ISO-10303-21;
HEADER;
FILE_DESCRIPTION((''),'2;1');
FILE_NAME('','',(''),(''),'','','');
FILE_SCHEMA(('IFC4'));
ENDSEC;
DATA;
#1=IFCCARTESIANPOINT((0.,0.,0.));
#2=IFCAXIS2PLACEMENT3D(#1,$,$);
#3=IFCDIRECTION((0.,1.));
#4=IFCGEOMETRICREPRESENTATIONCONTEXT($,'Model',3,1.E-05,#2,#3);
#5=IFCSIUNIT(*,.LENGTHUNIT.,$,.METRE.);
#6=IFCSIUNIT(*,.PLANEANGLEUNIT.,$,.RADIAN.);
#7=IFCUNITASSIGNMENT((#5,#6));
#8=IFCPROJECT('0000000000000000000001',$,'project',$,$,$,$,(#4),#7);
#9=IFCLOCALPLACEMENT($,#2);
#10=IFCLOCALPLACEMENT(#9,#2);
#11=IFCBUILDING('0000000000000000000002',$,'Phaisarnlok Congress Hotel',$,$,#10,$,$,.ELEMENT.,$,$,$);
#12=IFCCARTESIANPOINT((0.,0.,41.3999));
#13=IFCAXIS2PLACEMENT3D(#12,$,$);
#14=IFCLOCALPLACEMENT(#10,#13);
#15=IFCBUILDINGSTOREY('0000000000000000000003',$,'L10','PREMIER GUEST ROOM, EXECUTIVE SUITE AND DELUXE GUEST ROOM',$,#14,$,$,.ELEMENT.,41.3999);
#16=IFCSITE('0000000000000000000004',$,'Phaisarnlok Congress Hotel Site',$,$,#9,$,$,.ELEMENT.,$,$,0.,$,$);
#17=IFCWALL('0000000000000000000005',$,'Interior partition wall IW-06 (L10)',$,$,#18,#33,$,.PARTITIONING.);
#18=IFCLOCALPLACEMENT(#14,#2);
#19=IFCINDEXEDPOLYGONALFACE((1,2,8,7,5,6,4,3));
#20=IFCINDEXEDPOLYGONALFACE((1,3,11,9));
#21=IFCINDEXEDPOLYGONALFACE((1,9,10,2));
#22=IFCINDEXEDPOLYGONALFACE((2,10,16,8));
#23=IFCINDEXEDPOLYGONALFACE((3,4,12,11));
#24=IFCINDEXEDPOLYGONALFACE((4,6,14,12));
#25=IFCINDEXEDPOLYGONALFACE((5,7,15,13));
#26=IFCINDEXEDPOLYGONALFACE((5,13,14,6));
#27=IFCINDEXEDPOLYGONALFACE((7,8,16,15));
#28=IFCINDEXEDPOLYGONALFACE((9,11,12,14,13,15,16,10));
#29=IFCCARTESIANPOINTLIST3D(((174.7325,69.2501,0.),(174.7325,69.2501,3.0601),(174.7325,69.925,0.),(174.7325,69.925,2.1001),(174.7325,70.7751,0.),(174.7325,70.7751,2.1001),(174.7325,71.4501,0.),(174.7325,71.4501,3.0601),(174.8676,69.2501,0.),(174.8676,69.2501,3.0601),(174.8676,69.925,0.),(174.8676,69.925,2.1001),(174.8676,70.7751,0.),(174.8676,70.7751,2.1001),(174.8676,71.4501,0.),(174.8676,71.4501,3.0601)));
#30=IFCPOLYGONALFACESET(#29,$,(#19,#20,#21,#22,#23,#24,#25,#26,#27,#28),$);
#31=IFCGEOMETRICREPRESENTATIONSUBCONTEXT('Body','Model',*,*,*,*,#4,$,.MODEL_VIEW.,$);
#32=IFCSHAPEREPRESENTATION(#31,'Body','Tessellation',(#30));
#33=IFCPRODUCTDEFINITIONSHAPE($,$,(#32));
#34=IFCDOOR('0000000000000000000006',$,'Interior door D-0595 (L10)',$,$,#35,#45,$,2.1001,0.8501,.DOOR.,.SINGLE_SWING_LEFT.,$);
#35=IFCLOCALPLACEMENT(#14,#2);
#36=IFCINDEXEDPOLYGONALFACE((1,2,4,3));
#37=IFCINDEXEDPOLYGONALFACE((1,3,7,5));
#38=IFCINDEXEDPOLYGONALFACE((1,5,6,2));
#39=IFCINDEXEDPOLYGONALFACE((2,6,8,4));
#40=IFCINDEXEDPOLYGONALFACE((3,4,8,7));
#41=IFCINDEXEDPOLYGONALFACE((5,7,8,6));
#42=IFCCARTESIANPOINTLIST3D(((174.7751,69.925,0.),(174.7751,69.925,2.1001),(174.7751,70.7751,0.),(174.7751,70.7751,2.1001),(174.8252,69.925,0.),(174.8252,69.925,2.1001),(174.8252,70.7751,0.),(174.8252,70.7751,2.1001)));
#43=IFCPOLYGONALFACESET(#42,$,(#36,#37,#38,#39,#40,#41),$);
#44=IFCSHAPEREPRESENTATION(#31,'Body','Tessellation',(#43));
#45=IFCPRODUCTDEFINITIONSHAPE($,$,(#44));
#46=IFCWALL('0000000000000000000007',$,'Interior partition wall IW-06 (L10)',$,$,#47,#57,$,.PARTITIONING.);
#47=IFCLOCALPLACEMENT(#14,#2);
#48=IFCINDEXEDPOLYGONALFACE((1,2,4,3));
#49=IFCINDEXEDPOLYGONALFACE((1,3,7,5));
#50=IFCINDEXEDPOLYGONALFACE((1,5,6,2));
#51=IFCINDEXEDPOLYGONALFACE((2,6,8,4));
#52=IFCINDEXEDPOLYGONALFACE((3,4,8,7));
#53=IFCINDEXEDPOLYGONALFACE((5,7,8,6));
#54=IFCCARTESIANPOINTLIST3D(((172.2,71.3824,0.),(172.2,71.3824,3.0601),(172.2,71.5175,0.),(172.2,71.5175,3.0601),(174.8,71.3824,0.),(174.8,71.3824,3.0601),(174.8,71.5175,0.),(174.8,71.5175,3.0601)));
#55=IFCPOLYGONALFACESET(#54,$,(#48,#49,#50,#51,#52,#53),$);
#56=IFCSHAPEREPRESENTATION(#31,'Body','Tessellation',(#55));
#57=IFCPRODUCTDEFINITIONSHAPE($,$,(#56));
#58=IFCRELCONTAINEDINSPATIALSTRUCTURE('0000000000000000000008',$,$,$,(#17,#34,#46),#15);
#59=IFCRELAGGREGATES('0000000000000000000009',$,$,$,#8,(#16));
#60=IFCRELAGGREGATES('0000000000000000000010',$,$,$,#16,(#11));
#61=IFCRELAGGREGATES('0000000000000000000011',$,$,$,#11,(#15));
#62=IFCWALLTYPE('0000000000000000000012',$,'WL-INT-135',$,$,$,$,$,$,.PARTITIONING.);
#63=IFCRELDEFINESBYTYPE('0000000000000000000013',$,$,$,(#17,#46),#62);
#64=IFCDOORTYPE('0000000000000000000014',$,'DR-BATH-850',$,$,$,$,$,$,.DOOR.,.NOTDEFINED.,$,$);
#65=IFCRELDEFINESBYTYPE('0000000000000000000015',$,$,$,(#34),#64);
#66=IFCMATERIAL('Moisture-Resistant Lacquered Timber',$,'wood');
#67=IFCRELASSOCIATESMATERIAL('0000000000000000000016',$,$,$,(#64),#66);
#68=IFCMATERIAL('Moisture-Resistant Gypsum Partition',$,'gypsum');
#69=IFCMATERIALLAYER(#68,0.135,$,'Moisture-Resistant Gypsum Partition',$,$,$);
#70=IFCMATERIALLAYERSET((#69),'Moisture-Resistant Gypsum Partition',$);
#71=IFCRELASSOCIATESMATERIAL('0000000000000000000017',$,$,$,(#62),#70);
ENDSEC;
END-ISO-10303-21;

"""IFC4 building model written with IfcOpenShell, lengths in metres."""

from ifc_helpers import new_model, si_unit, direction, frame, frame_2d, origin, place, context, subcontext, project, spatial, rectangle, extrude, material, layer, layer_set, type_object, element, fill, save


model = new_model("IFC4")

# Units and contexts
model_context = context("Model", 3, precision=1e-05, world=origin(), true_north=direction((0.0, 1.0)))
body_context = subcontext(model_context, "Body", "Model", "MODEL_VIEW")
ifc_project = project(units=[si_unit("LENGTHUNIT", "METRE"), si_unit("PLANEANGLEUNIT", "RADIAN")], contexts=[model_context])

# Site, building, storey
site_placement = place(None, origin())
site = spatial("IfcSite", under=ifc_project, at=site_placement, Name="Phaisarnlok Congress Hotel Site", CompositionType="ELEMENT", RefElevation=0.0)
building_placement = place(site_placement, origin())
building = spatial("IfcBuilding", under=site, at=building_placement, Name="Phaisarnlok Congress Hotel", CompositionType="ELEMENT")
storey_placement = place(building_placement, frame((0.0, 0.0, 41.3999)))
storey = spatial("IfcBuildingStorey", under=building, at=storey_placement, Name="L10", Description="PREMIER GUEST ROOM, EXECUTIVE SUITE AND DELUXE GUEST ROOM", CompositionType="ELEMENT", Elevation=41.3999)

# Shared definitions
ifc_material_1 = material(Name="Moisture-Resistant Lacquered Timber", Category="wood")
door_type = type_object("IfcDoorType", Name="DR-BATH-850", OperationType="NOTDEFINED", PredefinedType="DOOR", material=ifc_material_1)

# Wall, opening, door
ifc_material_2 = material(Name="Moisture-Resistant Gypsum Partition", Category="gypsum")
ifc_layer_1 = layer(ifc_material_2, 0.135, Name="Moisture-Resistant Gypsum Partition")
ifc_layer_set_1 = layer_set([ifc_layer_1], Name="Moisture-Resistant Gypsum Partition")
wall_type_1 = type_object("IfcWallType", Name="WL-INT-135", PredefinedType="PARTITIONING", material=ifc_layer_set_1)
wall_1_placement = place(storey_placement, frame((174.8, 69.25, 0.0), z_axis=(0.0, 0.0, 1.0), x_axis=(0.0, 1.0, 0.0)))
wall_1 = element("IfcWall", 1, at=wall_1_placement, inside=storey, type_object=wall_type_1, Name="Interior partition wall IW-06 (L10)", PredefinedType="PARTITIONING", context=body_context, shape_type="SweptSolid", body=[
    extrude(rectangle(XDim=2.2, YDim=0.135, at=frame_2d((1.1001, 0.0))), origin(), (0.0, 0.0, 1.0), 3.0601),
])
opening_1_placement = place(wall_1_placement, frame((0.675, 0.0, 0.0)))
opening_1 = element("IfcOpeningElement", 2, at=opening_1_placement, cuts=wall_1, PredefinedType="OPENING", context=body_context, shape_type="SweptSolid", body=[
    extrude(rectangle(XDim=0.8501, YDim=2.1001, at=frame_2d((0.425, 1.05))), frame((0.0, 0.0776, 0.0), z_axis=(0.0, -1.0, 0.0), x_axis=(1.0, 0.0, 0.0)), (0.0, 0.0, 1.0), 0.155),
])
door_1_placement = place(opening_1_placement, origin())
door_1 = element("IfcDoor", 3, at=door_1_placement, inside=storey, type_object=door_type, Name="Interior door D-0595 (L10)", OperationType="SINGLE_SWING_LEFT", OverallHeight=2.1001, OverallWidth=0.8501, PredefinedType="DOOR", context=body_context, shape_type="SweptSolid", body=[
    extrude(rectangle(XDim=0.8501, YDim=2.1001, at=frame_2d((0.425, 1.05))), frame((0.0, 0.0249, 0.0), z_axis=(0.0, -1.0, 0.0), x_axis=(1.0, 0.0, 0.0)), (0.0, 0.0, 1.0), 0.05),
])
fill(opening_1, door_1)

# Wall
wall_2_placement = place(storey_placement, frame((172.2, 71.45, 0.0), z_axis=(0.0, 0.0, 1.0), x_axis=(1.0, 0.0, 0.0)))
element("IfcWall", 4, at=wall_2_placement, inside=storey, type_object=wall_type_1, Name="Interior partition wall IW-06 (L10)", PredefinedType="PARTITIONING", context=body_context, shape_type="SweptSolid", body=[
    extrude(rectangle(XDim=2.6001, YDim=0.135, at=frame_2d((1.3, 0.0))), origin(), (0.0, 0.0, 1.0), 3.0601),
])

save(model, "model.ifc")
